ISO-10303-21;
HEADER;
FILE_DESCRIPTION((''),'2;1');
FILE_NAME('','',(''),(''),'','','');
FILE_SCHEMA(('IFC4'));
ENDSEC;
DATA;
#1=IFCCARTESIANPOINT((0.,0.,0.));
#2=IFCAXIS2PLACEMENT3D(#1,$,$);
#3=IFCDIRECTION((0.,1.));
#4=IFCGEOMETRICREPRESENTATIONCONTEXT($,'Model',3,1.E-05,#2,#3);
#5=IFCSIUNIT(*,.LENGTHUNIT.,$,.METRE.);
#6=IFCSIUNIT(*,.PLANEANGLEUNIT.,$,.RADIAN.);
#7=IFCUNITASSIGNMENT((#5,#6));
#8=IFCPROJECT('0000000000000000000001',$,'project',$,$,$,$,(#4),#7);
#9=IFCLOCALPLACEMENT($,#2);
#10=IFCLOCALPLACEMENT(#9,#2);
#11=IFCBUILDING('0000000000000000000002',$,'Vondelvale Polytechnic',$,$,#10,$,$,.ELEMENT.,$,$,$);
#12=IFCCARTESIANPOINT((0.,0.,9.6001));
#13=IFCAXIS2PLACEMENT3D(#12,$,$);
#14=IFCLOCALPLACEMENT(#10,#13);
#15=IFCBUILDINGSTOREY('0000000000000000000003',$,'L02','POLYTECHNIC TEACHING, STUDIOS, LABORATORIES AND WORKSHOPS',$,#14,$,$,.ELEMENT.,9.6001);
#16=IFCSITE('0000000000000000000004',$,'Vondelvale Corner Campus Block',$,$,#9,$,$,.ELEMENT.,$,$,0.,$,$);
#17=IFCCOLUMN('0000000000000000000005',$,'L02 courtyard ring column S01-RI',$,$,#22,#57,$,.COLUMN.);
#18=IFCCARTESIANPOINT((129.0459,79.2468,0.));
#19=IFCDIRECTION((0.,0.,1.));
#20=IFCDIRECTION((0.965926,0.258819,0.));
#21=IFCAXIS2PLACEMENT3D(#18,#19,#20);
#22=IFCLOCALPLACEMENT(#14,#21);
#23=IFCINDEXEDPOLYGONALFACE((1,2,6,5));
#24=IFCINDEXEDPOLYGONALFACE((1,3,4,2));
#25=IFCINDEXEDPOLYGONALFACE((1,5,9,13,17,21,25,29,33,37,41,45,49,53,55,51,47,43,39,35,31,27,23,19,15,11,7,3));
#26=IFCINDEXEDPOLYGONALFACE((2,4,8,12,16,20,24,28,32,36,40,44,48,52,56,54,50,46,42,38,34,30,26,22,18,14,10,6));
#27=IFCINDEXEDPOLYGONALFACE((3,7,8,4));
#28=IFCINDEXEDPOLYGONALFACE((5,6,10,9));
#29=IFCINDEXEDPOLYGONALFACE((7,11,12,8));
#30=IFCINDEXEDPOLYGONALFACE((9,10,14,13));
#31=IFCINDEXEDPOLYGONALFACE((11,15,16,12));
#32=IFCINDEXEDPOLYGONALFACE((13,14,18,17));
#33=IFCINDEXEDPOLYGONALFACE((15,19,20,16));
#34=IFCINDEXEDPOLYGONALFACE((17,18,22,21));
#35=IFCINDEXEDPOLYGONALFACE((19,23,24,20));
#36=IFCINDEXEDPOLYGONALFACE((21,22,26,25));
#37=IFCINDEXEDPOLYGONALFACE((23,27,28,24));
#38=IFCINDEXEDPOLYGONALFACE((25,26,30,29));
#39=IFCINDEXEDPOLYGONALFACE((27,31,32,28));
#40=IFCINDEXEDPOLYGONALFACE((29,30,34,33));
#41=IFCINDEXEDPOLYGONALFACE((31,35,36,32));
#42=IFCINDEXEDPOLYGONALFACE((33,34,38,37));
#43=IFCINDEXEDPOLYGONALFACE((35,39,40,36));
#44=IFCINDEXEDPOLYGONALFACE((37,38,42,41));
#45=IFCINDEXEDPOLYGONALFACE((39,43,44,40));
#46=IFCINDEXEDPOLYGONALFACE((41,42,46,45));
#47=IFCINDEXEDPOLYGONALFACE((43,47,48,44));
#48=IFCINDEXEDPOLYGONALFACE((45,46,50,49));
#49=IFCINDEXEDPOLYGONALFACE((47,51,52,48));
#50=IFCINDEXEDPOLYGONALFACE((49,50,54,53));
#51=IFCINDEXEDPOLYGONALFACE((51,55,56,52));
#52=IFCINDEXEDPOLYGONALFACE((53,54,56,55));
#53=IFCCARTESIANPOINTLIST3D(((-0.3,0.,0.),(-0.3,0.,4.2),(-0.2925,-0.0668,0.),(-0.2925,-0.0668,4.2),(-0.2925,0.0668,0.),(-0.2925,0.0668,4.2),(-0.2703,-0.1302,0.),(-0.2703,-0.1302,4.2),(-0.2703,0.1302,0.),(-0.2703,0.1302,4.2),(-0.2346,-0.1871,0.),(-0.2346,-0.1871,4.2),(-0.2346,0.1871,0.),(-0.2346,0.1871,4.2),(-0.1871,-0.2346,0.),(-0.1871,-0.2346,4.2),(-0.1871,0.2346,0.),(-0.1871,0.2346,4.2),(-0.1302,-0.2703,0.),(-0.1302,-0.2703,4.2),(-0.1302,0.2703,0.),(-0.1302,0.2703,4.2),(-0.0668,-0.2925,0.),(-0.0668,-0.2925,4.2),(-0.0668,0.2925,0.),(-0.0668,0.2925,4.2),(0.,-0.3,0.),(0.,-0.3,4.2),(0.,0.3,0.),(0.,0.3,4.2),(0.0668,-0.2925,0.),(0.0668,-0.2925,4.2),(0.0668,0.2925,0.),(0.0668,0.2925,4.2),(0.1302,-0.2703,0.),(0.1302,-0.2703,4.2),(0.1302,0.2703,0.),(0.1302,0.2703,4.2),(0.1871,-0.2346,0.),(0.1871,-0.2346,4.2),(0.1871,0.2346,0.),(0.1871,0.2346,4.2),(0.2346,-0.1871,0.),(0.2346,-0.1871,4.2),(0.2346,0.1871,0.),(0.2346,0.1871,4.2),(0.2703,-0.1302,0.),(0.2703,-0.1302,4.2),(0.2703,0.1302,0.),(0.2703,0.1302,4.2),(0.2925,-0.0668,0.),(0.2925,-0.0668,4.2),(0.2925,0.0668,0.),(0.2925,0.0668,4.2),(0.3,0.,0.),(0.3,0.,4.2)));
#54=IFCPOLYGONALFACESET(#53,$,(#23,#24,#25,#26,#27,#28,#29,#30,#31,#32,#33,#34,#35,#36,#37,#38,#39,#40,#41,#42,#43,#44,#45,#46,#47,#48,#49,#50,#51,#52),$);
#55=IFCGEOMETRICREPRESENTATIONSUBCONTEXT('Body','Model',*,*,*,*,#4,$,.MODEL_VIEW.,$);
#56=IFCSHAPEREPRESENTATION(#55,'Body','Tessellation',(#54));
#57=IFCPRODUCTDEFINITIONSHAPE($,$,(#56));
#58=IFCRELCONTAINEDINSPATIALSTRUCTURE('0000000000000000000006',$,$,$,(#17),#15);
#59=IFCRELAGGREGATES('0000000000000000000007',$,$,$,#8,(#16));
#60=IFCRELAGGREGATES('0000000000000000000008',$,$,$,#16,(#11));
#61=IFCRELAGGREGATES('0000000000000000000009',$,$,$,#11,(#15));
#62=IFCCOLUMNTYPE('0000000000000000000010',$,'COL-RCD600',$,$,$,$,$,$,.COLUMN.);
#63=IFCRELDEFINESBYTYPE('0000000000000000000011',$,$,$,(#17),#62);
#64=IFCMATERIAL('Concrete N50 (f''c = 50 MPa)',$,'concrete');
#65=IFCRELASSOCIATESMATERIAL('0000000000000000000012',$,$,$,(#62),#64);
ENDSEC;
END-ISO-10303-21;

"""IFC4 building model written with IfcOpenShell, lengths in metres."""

from ifc_helpers import new_model, si_unit, direction, frame, origin, origin_2d, place, context, subcontext, project, spatial, circle, extrude, material, material_profile, profile_set, type_object, element, save


model = new_model("IFC4")

# Units and contexts
model_context = context("Model", 3, precision=1e-05, world=origin(), true_north=direction((0.0, 1.0)))
body_context = subcontext(model_context, "Body", "Model", "MODEL_VIEW")
ifc_project = project(units=[si_unit("LENGTHUNIT", "METRE"), si_unit("PLANEANGLEUNIT", "RADIAN")], contexts=[model_context])

# Site, building, storey
site_placement = place(None, origin())
site = spatial("IfcSite", under=ifc_project, at=site_placement, Name="Vondelvale Corner Campus Block", CompositionType="ELEMENT", RefElevation=0.0)
building_placement = place(site_placement, origin())
building = spatial("IfcBuilding", under=site, at=building_placement, Name="Vondelvale Polytechnic", CompositionType="ELEMENT")
storey_placement = place(building_placement, frame((0.0, 0.0, 9.6001)))
storey = spatial("IfcBuildingStorey", under=building, at=storey_placement, Name="L02", Description="POLYTECHNIC TEACHING, STUDIOS, LABORATORIES AND WORKSHOPS", CompositionType="ELEMENT", Elevation=9.6001)

# Column
ifc_material_1 = material(Name="Concrete N50 (f'c = 50 MPa)", Category="concrete")
ifc_material_profile_1 = material_profile(ifc_material_1, circle(Radius=0.3, at=origin_2d()), Name="RC-COL-D600")
ifc_profile_set_1 = profile_set([ifc_material_profile_1], Name="Concrete N50 (f'c = 50 MPa)")
column_type = type_object("IfcColumnType", Name="COL-RCD600", PredefinedType="COLUMN", material=ifc_profile_set_1)
column_placement = place(storey_placement, frame((129.0459, 79.2468, 0.0), z_axis=(0.0, 0.0, 1.0), x_axis=(0.965926, 0.258819, 0.0)))
element("IfcColumn", 1, at=column_placement, inside=storey, type_object=column_type, Name="L02 courtyard ring column S01-RI", PredefinedType="COLUMN", context=body_context, shape_type="SweptSolid", body=[
    extrude(circle(Radius=0.3, at=origin_2d()), origin(), (0.0, 0.0, 1.0), 4.2),
])

save(model, "model.ifc")
